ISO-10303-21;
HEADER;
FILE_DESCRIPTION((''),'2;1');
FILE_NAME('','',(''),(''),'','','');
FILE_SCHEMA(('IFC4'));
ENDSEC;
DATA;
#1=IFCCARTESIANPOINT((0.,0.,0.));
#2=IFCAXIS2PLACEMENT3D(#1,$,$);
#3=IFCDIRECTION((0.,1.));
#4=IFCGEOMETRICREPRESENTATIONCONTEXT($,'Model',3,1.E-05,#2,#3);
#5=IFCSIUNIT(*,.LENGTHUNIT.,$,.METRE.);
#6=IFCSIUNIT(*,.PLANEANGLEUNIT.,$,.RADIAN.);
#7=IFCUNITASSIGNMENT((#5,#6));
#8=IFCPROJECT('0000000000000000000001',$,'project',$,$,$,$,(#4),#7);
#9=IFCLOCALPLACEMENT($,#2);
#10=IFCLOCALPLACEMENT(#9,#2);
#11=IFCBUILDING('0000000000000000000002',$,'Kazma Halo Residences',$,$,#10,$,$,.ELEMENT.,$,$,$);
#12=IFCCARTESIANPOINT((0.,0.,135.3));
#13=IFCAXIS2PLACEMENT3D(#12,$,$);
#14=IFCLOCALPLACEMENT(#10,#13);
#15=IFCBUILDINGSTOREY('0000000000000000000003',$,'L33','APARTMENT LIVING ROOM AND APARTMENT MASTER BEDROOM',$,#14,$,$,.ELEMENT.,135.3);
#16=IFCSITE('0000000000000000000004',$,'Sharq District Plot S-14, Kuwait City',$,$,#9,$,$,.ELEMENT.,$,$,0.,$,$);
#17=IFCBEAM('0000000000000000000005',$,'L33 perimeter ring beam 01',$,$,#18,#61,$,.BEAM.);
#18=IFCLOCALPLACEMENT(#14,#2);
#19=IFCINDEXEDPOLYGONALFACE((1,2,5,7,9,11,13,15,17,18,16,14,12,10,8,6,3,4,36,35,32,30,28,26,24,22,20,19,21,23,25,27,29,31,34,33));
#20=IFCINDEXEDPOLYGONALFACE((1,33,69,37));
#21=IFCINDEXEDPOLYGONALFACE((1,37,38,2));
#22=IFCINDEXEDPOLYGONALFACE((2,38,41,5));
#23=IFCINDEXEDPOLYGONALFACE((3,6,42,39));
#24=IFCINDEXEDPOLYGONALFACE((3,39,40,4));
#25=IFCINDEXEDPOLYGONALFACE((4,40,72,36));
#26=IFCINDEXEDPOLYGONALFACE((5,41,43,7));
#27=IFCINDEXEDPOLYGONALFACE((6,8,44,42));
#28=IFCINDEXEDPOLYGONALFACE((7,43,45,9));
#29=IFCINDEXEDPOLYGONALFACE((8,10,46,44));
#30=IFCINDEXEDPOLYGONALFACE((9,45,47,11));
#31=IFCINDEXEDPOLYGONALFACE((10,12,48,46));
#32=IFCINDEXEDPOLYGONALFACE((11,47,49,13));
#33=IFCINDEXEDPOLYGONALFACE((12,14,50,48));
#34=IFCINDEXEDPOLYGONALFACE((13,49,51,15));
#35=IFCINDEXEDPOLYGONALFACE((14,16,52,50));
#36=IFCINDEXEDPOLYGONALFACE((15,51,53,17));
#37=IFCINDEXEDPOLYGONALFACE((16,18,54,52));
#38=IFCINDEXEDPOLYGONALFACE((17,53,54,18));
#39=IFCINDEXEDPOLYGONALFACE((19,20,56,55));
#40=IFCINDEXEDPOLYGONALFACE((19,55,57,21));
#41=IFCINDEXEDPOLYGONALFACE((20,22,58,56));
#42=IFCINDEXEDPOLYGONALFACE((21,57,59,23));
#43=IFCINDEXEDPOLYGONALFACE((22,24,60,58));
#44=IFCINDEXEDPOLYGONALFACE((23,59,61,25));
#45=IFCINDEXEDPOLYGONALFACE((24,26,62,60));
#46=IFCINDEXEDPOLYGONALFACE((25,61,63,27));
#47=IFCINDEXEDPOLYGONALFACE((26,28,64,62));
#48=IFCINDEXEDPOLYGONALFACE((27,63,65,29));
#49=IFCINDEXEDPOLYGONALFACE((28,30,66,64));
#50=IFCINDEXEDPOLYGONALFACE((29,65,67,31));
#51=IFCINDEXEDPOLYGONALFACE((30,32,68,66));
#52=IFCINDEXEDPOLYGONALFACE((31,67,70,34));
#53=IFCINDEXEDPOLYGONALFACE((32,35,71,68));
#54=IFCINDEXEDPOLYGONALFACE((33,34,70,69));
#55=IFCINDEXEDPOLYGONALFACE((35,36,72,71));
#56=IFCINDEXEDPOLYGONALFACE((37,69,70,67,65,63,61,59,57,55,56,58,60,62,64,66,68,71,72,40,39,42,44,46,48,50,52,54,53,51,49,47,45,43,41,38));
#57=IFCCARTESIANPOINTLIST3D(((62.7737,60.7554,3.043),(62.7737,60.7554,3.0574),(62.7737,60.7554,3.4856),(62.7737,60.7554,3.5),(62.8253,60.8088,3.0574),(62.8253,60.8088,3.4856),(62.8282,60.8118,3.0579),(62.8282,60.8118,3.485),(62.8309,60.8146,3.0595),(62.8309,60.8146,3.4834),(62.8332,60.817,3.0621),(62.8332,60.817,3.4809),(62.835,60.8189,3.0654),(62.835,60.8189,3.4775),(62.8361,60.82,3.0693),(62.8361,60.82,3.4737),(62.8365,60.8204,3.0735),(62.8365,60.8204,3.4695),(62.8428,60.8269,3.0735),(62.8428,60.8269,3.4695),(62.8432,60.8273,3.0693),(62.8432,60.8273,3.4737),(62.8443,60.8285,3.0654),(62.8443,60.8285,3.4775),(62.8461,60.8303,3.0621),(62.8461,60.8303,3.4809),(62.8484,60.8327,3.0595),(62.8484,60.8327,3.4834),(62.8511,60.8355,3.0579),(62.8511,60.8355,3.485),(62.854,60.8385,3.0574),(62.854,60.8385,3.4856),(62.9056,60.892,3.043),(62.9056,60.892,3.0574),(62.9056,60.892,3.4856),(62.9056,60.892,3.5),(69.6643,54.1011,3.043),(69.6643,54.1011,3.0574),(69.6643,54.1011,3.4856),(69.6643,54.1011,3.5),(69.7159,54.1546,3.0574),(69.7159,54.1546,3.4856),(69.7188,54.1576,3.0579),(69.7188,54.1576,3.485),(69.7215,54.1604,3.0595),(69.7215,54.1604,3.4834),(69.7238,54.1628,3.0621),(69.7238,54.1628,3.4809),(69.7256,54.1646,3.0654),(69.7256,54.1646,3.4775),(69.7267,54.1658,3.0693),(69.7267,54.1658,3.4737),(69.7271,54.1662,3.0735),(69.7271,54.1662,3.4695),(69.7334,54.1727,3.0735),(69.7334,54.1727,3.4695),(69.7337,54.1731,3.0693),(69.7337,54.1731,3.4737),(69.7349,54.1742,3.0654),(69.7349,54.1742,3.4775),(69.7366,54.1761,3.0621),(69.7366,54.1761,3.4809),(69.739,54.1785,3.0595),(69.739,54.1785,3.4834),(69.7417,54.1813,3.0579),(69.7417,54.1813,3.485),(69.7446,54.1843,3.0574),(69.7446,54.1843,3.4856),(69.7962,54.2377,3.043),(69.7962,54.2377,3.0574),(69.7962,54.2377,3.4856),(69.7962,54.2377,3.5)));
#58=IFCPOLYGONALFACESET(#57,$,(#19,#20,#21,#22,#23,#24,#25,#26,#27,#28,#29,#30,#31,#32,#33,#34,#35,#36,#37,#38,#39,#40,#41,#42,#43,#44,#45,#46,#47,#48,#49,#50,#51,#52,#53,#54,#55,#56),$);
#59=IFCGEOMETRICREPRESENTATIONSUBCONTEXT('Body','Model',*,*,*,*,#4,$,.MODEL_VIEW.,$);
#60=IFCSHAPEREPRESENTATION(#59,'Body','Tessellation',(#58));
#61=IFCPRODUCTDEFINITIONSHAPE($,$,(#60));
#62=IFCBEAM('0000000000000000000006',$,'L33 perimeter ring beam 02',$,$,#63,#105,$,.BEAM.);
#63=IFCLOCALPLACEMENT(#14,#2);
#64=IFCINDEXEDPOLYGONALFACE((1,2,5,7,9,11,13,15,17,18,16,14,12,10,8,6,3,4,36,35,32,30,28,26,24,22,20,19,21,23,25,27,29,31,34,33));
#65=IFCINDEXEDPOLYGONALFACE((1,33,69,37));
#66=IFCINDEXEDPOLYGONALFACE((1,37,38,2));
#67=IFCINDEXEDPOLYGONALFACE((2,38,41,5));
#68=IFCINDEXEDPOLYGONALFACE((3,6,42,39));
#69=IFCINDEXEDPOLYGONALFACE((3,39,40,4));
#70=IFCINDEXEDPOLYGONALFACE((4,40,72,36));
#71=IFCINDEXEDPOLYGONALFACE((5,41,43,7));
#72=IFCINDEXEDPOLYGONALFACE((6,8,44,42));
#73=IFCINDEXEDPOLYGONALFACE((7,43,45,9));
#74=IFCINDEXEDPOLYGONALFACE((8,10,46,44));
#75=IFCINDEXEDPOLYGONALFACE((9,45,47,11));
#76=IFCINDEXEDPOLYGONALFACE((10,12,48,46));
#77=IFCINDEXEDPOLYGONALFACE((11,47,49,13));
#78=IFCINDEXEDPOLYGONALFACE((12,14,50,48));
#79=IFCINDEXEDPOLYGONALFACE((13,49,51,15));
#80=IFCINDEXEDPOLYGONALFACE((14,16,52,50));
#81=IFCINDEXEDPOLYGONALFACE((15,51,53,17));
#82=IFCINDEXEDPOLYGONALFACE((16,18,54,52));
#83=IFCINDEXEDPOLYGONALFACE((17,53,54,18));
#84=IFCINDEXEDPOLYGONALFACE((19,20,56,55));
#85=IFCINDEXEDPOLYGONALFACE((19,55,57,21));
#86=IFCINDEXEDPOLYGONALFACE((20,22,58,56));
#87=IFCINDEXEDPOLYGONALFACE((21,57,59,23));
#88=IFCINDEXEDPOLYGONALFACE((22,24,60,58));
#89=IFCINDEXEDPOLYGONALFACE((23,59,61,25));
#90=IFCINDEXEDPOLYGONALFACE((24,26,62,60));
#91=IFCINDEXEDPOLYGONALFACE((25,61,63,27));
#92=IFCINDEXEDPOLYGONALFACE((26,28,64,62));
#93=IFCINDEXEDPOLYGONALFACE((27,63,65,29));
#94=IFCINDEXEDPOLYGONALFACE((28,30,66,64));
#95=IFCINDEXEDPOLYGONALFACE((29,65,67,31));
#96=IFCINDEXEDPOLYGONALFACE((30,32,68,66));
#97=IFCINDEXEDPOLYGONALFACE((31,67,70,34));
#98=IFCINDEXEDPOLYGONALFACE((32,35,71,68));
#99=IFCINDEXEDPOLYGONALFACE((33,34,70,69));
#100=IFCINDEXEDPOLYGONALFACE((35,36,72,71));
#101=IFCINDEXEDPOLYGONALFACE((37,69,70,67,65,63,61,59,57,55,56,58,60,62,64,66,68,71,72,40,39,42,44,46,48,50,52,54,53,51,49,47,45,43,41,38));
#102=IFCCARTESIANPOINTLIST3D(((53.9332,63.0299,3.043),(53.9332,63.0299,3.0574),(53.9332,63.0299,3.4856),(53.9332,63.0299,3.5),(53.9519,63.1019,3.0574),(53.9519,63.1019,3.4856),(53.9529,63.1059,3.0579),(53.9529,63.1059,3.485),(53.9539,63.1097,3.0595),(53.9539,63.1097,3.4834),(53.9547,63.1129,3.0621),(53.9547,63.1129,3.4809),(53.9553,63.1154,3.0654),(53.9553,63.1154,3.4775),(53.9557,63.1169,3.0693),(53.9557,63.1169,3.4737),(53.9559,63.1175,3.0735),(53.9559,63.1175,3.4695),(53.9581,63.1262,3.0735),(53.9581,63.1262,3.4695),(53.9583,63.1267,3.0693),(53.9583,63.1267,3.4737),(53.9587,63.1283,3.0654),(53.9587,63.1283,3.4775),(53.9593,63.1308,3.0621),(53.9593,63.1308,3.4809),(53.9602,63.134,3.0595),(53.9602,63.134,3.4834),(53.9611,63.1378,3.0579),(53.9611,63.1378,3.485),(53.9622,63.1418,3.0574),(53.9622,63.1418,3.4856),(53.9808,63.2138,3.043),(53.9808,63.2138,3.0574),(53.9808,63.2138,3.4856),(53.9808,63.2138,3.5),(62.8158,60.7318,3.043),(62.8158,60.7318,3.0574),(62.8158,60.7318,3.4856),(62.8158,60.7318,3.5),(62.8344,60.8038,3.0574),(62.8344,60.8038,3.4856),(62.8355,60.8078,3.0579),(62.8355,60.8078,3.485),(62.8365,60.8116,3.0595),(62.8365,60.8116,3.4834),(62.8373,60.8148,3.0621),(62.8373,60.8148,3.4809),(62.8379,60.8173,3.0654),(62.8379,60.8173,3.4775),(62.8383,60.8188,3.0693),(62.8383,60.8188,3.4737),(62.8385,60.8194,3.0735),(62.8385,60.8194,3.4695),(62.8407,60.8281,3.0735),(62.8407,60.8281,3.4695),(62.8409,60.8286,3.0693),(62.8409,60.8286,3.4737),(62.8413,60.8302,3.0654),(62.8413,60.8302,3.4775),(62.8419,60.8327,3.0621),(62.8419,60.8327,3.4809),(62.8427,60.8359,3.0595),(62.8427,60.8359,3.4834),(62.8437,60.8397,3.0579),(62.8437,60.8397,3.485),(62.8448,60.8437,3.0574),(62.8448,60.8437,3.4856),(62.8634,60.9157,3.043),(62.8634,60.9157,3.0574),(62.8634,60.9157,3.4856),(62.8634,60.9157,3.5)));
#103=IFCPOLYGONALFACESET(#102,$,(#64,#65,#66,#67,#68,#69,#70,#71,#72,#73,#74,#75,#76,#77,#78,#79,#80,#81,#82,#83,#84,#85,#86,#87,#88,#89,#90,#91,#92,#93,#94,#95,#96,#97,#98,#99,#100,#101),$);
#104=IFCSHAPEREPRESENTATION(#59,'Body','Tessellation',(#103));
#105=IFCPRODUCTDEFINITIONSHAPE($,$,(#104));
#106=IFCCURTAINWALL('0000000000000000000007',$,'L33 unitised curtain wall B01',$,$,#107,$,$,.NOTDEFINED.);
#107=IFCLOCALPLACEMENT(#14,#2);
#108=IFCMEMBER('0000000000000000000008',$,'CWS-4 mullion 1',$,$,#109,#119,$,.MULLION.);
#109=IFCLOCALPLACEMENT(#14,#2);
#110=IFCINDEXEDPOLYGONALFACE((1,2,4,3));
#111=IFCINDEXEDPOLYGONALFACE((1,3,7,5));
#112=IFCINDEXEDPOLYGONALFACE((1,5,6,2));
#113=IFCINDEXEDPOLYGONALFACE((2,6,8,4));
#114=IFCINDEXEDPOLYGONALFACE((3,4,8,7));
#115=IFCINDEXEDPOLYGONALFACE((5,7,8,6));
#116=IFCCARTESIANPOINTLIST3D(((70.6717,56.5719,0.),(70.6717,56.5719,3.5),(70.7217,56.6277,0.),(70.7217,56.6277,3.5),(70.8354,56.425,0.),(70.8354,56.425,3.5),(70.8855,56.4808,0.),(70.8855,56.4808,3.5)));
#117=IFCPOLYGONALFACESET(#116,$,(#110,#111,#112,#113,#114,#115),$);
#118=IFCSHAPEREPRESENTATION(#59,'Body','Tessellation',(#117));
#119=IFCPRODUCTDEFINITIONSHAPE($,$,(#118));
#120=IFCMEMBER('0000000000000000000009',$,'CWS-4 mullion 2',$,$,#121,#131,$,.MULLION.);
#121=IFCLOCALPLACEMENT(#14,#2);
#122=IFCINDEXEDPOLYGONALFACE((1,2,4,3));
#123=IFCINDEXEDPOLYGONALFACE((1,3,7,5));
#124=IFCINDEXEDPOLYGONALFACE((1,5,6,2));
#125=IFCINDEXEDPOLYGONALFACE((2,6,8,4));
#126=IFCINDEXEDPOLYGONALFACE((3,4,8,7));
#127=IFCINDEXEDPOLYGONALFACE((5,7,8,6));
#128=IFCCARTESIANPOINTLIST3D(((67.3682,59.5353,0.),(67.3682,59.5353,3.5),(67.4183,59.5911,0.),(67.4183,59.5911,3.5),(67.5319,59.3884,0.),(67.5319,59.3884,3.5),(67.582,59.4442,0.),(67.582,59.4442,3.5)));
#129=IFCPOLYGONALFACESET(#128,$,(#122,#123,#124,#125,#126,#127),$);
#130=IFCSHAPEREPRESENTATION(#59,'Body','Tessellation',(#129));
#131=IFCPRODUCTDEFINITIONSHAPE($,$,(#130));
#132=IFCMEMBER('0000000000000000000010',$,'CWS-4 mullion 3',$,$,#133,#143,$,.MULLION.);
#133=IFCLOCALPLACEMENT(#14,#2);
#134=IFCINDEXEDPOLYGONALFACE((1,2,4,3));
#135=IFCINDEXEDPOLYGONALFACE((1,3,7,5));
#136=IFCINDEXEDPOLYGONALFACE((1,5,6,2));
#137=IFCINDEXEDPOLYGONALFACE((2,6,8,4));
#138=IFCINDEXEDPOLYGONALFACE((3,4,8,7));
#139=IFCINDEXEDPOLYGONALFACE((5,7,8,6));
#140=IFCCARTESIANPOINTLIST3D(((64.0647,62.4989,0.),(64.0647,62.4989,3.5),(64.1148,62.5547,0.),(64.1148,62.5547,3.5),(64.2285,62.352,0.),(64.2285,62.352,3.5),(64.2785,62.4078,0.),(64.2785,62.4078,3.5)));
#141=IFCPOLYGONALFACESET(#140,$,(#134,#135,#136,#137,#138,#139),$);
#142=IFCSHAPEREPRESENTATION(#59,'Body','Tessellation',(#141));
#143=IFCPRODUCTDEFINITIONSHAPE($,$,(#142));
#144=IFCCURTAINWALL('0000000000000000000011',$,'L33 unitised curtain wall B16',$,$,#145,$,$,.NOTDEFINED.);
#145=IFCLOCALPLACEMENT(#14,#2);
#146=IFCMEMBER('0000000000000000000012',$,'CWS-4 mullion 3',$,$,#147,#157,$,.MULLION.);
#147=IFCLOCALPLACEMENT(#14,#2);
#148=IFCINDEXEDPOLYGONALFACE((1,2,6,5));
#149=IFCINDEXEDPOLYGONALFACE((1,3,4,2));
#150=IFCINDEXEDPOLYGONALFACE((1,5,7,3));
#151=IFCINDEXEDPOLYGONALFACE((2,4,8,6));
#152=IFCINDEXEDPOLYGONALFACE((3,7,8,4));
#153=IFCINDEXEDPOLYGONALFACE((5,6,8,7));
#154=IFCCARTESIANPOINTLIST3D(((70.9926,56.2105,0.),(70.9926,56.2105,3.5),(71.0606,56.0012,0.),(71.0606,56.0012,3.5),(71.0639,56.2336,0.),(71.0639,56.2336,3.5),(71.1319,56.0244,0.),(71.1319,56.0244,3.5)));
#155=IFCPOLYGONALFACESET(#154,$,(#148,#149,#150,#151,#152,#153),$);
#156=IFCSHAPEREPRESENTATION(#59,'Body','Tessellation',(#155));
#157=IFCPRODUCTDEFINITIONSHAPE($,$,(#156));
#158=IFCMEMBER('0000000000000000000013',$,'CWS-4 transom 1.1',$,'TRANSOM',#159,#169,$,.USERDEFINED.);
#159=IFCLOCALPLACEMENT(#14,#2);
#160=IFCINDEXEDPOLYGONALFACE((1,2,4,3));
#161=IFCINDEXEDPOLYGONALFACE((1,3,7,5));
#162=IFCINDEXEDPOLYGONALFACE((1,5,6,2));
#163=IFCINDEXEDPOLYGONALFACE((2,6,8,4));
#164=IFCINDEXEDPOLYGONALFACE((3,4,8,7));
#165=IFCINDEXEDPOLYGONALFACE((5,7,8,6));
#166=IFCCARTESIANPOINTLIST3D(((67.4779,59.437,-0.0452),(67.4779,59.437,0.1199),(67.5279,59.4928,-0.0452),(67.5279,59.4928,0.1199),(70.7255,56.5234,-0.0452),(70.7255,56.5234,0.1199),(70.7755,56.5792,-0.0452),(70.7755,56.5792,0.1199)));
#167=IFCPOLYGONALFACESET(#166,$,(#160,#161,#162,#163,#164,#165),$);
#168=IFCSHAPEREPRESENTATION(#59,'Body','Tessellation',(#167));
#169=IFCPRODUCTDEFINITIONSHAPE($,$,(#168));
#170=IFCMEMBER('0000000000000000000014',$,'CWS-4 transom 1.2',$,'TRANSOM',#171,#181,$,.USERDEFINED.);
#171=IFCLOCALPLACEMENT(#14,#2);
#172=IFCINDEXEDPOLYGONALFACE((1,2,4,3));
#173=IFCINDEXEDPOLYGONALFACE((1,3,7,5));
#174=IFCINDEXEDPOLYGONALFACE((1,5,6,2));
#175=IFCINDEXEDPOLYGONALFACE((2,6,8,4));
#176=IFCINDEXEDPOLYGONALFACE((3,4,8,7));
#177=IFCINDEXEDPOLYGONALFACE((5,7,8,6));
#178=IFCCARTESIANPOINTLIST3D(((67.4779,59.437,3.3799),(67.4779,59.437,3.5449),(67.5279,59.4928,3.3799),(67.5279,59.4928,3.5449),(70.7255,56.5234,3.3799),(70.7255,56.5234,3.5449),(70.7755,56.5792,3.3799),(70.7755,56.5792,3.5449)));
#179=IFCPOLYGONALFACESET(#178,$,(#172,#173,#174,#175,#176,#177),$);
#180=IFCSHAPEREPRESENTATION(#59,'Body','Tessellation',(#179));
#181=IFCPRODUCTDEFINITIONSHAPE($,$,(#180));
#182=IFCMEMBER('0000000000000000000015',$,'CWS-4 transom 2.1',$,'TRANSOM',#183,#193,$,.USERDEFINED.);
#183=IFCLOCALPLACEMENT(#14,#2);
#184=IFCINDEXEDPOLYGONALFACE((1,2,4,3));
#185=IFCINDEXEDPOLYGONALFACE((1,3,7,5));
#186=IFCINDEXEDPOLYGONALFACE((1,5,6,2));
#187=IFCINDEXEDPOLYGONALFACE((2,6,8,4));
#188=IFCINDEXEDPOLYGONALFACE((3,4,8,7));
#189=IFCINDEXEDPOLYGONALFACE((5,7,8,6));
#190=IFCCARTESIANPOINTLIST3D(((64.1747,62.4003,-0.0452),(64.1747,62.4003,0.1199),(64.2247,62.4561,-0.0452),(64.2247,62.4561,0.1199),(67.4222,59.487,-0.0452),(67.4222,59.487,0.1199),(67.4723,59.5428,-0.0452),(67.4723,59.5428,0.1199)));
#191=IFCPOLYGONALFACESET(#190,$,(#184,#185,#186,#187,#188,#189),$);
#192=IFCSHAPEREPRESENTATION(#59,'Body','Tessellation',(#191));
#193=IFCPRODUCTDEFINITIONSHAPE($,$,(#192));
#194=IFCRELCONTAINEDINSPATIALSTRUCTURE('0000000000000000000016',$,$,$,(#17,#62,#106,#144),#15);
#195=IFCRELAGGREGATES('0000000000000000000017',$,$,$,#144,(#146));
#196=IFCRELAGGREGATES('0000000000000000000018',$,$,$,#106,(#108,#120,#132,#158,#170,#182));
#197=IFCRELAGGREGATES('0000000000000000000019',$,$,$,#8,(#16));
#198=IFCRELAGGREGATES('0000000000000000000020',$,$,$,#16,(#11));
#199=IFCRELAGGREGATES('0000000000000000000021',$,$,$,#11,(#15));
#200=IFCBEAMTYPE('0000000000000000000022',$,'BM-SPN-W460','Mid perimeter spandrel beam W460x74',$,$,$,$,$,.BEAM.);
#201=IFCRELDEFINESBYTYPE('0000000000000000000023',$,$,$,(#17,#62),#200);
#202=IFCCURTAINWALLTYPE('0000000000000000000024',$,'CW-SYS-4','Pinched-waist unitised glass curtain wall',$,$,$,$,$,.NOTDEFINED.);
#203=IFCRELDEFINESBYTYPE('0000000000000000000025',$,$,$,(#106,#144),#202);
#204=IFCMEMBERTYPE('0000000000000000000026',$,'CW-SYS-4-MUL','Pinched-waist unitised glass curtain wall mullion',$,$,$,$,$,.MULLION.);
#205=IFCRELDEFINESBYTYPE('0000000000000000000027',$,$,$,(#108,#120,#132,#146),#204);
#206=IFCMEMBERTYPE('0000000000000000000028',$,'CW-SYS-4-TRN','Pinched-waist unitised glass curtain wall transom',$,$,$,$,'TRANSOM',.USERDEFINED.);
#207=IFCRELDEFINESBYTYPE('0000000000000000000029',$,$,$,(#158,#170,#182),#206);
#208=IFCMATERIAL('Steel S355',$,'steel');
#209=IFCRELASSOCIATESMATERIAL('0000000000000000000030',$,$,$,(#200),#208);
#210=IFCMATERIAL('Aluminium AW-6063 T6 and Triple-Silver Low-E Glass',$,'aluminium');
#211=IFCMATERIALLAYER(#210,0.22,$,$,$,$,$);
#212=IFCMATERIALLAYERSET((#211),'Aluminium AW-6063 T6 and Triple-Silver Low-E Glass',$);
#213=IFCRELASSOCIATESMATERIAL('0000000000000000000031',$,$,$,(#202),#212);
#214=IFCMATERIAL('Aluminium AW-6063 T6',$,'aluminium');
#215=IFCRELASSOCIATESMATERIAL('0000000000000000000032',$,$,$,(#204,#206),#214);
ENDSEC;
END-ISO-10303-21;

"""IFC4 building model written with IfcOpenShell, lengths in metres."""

from ifc_helpers import new_model, si_unit, direction, frame, origin, origin_2d, place, context, subcontext, project, spatial, rectangle, i_section, extrude, material, layer, layer_set, material_profile, profile_set, type_object, element, aggregate, save


model = new_model("IFC4")

# Units and contexts
model_context = context("Model", 3, precision=1e-05, world=origin(), true_north=direction((0.0, 1.0)))
body_context = subcontext(model_context, "Body", "Model", "MODEL_VIEW")
ifc_project = project(units=[si_unit("LENGTHUNIT", "METRE"), si_unit("PLANEANGLEUNIT", "RADIAN")], contexts=[model_context])

# Site, building, storey
site_placement = place(None, origin())
site = spatial("IfcSite", under=ifc_project, at=site_placement, Name="Sharq District Plot S-14, Kuwait City", CompositionType="ELEMENT", RefElevation=0.0)
building_placement = place(site_placement, origin())
building = spatial("IfcBuilding", under=site, at=building_placement, Name="Kazma Halo Residences", CompositionType="ELEMENT")
storey_placement = place(building_placement, frame((0.0, 0.0, 135.3)))
storey = spatial("IfcBuildingStorey", under=building, at=storey_placement, Name="L33", Description="APARTMENT LIVING ROOM AND APARTMENT MASTER BEDROOM", CompositionType="ELEMENT", Elevation=135.3)

# Beams
ifc_material_1 = material(Name="Steel S355", Category="steel")
ifc_material_profile_1 = material_profile(ifc_material_1, i_section(OverallWidth=0.1899, OverallDepth=0.457, WebThickness=0.009, FlangeThickness=0.0144, FilletRadius=0.0161, at=origin_2d()), Name="W460x74")
ifc_profile_set_1 = profile_set([ifc_material_profile_1], Name="Steel S355")
beam_type_1 = type_object("IfcBeamType", Name="BM-SPN-W460", Description="Mid perimeter spandrel beam W460x74", PredefinedType="BEAM", material=ifc_profile_set_1)
beam_1_placement = place(storey_placement, frame((69.7302, 54.1694, 3.2715), z_axis=(-0.719335, 0.694664, 0.0), x_axis=(-0.694664, -0.719335, 0.0)))
element("IfcBeam", 1, at=beam_1_placement, inside=storey, type_object=beam_type_1, Name="L33 perimeter ring beam 01", PredefinedType="BEAM", context=body_context, shape_type="SweptSolid", body=[
    extrude(i_section(OverallWidth=0.1899, OverallDepth=0.457, WebThickness=0.009, FlangeThickness=0.0144, FilletRadius=0.0161, at=origin_2d()), origin(), (0.0, 0.0, 1.0), 9.5791),
])
beam_2_placement = place(storey_placement, frame((62.8396, 60.8237, 3.2715), z_axis=(-0.968124, 0.250473, 0.0), x_axis=(-0.250473, -0.968124, 0.0)))
element("IfcBeam", 2, at=beam_2_placement, inside=storey, type_object=beam_type_1, Name="L33 perimeter ring beam 02", PredefinedType="BEAM", context=body_context, shape_type="SweptSolid", body=[
    extrude(i_section(OverallWidth=0.1899, OverallDepth=0.457, WebThickness=0.009, FlangeThickness=0.0144, FilletRadius=0.0161, at=origin_2d()), origin(), (0.0, 0.0, 1.0), 9.175),
])

# Curtain wall, members
ifc_material_2 = material(Name="Aluminium AW-6063 T6 and Triple-Silver Low-E Glass", Category="aluminium")
ifc_layer_1 = layer(ifc_material_2, 0.22)
ifc_layer_set_1 = layer_set([ifc_layer_1], Name="Aluminium AW-6063 T6 and Triple-Silver Low-E Glass")
curtain_wall_type = type_object("IfcCurtainWallType", Name="CW-SYS-4", Description="Pinched-waist unitised glass curtain wall", PredefinedType="NOTDEFINED", material=ifc_layer_set_1)
curtain_wall_1_placement = place(storey_placement, origin())
curtain_wall_1 = element("IfcCurtainWall", 3, at=curtain_wall_1_placement, inside=storey, type_object=curtain_wall_type, Name="L33 unitised curtain wall B01", PredefinedType="NOTDEFINED")
ifc_material_3 = material(Name="Aluminium AW-6063 T6", Category="aluminium")
ifc_material_profile_2 = material_profile(ifc_material_3, rectangle(XDim=0.075, YDim=0.22, at=origin_2d()), Name="CWM-75x220")
ifc_profile_set_2 = profile_set([ifc_material_profile_2], Name="Aluminium AW-6063 T6")
member_type_1 = type_object("IfcMemberType", Name="CW-SYS-4-MUL", Description="Pinched-waist unitised glass curtain wall mullion", PredefinedType="MULLION", material=ifc_profile_set_2)
member_1_placement = place(storey_placement, frame((70.7786, 56.5264, 0.0), z_axis=(0.0, 0.0, 1.0), x_axis=(-0.66777, -0.744368, 0.0)))
member_1 = element("IfcMember", 4, at=member_1_placement, type_object=member_type_1, Name="CWS-4 mullion 1", PredefinedType="MULLION", context=body_context, shape_type="SweptSolid", body=[
    extrude(rectangle(XDim=0.075, YDim=0.22, at=origin_2d()), origin(), (0.0, 0.0, 1.0), 3.5),
])
member_2_placement = place(storey_placement, frame((67.4751, 59.4897, 0.0), z_axis=(0.0, 0.0, 1.0), x_axis=(-0.66777, -0.744368, 0.0)))
member_2 = element("IfcMember", 5, at=member_2_placement, type_object=member_type_1, Name="CWS-4 mullion 2", PredefinedType="MULLION", context=body_context, shape_type="SweptSolid", body=[
    extrude(rectangle(XDim=0.075, YDim=0.22, at=origin_2d()), origin(), (0.0, 0.0, 1.0), 3.5),
])
member_3_placement = place(storey_placement, frame((64.1716, 62.4534, 0.0), z_axis=(0.0, 0.0, 1.0), x_axis=(-0.66777, -0.744368, 0.0)))
member_3 = element("IfcMember", 6, at=member_3_placement, type_object=member_type_1, Name="CWS-4 mullion 3", PredefinedType="MULLION", context=body_context, shape_type="SweptSolid", body=[
    extrude(rectangle(XDim=0.075, YDim=0.22, at=origin_2d()), origin(), (0.0, 0.0, 1.0), 3.5),
])

# Curtain wall, member
curtain_wall_2_placement = place(storey_placement, origin())
curtain_wall_2 = element("IfcCurtainWall", 7, at=curtain_wall_2_placement, inside=storey, type_object=curtain_wall_type, Name="L33 unitised curtain wall B16", PredefinedType="NOTDEFINED")
member_4_placement = place(storey_placement, frame((71.0623, 56.1174, 0.0), z_axis=(0.0, 0.0, 1.0), x_axis=(-0.951058, -0.309014, 0.0)))
member_4 = element("IfcMember", 8, at=member_4_placement, type_object=member_type_1, Name="CWS-4 mullion 3", PredefinedType="MULLION", context=body_context, shape_type="SweptSolid", body=[
    extrude(rectangle(XDim=0.075, YDim=0.22, at=origin_2d()), origin(), (0.0, 0.0, 1.0), 3.5),
])
aggregate(curtain_wall_2, [member_4])

# Members
ifc_material_profile_3 = material_profile(ifc_material_3, rectangle(XDim=0.075, YDim=0.165, at=origin_2d()), Name="CWT-75x165")
ifc_profile_set_3 = profile_set([ifc_material_profile_3], Name="Aluminium AW-6063 T6")
member_type_2 = type_object("IfcMemberType", Name="CW-SYS-4-TRN", Description="Pinched-waist unitised glass curtain wall transom", ElementType="TRANSOM", PredefinedType="USERDEFINED", material=ifc_profile_set_3)
member_5_placement = place(storey_placement, frame((70.7505, 56.5513, 0.0374), z_axis=(-0.744345, 0.667795, 0.0), x_axis=(-0.667795, -0.744345, 0.0)))
member_5 = element("IfcMember", 9, at=member_5_placement, type_object=member_type_2, Name="CWS-4 transom 1.1", ObjectType="TRANSOM", PredefinedType="USERDEFINED", context=body_context, shape_type="SweptSolid", body=[
    extrude(rectangle(XDim=0.075, YDim=0.165, at=origin_2d()), origin(), (0.0, 0.0, 1.0), 4.363),
])
member_6_placement = place(storey_placement, frame((70.7505, 56.5513, 3.4624), z_axis=(-0.744345, 0.667795, 0.0), x_axis=(-0.667795, -0.744345, 0.0)))
member_6 = element("IfcMember", 10, at=member_6_placement, type_object=member_type_2, Name="CWS-4 transom 1.2", ObjectType="TRANSOM", PredefinedType="USERDEFINED", context=body_context, shape_type="SweptSolid", body=[
    extrude(rectangle(XDim=0.075, YDim=0.165, at=origin_2d()), origin(), (0.0, 0.0, 1.0), 4.363),
])
member_7_placement = place(storey_placement, frame((67.4473, 59.5149, 0.0374), z_axis=(-0.744373, 0.667764, 0.0), x_axis=(-0.667764, -0.744373, 0.0)))
member_7 = element("IfcMember", 11, at=member_7_placement, type_object=member_type_2, Name="CWS-4 transom 2.1", ObjectType="TRANSOM", PredefinedType="USERDEFINED", context=body_context, shape_type="SweptSolid", body=[
    extrude(rectangle(XDim=0.075, YDim=0.165, at=origin_2d()), origin(), (0.0, 0.0, 1.0), 4.3628),
])

aggregate(curtain_wall_1, [member_1, member_2, member_3, member_5, member_6, member_7])

save(model, "model.ifc")
